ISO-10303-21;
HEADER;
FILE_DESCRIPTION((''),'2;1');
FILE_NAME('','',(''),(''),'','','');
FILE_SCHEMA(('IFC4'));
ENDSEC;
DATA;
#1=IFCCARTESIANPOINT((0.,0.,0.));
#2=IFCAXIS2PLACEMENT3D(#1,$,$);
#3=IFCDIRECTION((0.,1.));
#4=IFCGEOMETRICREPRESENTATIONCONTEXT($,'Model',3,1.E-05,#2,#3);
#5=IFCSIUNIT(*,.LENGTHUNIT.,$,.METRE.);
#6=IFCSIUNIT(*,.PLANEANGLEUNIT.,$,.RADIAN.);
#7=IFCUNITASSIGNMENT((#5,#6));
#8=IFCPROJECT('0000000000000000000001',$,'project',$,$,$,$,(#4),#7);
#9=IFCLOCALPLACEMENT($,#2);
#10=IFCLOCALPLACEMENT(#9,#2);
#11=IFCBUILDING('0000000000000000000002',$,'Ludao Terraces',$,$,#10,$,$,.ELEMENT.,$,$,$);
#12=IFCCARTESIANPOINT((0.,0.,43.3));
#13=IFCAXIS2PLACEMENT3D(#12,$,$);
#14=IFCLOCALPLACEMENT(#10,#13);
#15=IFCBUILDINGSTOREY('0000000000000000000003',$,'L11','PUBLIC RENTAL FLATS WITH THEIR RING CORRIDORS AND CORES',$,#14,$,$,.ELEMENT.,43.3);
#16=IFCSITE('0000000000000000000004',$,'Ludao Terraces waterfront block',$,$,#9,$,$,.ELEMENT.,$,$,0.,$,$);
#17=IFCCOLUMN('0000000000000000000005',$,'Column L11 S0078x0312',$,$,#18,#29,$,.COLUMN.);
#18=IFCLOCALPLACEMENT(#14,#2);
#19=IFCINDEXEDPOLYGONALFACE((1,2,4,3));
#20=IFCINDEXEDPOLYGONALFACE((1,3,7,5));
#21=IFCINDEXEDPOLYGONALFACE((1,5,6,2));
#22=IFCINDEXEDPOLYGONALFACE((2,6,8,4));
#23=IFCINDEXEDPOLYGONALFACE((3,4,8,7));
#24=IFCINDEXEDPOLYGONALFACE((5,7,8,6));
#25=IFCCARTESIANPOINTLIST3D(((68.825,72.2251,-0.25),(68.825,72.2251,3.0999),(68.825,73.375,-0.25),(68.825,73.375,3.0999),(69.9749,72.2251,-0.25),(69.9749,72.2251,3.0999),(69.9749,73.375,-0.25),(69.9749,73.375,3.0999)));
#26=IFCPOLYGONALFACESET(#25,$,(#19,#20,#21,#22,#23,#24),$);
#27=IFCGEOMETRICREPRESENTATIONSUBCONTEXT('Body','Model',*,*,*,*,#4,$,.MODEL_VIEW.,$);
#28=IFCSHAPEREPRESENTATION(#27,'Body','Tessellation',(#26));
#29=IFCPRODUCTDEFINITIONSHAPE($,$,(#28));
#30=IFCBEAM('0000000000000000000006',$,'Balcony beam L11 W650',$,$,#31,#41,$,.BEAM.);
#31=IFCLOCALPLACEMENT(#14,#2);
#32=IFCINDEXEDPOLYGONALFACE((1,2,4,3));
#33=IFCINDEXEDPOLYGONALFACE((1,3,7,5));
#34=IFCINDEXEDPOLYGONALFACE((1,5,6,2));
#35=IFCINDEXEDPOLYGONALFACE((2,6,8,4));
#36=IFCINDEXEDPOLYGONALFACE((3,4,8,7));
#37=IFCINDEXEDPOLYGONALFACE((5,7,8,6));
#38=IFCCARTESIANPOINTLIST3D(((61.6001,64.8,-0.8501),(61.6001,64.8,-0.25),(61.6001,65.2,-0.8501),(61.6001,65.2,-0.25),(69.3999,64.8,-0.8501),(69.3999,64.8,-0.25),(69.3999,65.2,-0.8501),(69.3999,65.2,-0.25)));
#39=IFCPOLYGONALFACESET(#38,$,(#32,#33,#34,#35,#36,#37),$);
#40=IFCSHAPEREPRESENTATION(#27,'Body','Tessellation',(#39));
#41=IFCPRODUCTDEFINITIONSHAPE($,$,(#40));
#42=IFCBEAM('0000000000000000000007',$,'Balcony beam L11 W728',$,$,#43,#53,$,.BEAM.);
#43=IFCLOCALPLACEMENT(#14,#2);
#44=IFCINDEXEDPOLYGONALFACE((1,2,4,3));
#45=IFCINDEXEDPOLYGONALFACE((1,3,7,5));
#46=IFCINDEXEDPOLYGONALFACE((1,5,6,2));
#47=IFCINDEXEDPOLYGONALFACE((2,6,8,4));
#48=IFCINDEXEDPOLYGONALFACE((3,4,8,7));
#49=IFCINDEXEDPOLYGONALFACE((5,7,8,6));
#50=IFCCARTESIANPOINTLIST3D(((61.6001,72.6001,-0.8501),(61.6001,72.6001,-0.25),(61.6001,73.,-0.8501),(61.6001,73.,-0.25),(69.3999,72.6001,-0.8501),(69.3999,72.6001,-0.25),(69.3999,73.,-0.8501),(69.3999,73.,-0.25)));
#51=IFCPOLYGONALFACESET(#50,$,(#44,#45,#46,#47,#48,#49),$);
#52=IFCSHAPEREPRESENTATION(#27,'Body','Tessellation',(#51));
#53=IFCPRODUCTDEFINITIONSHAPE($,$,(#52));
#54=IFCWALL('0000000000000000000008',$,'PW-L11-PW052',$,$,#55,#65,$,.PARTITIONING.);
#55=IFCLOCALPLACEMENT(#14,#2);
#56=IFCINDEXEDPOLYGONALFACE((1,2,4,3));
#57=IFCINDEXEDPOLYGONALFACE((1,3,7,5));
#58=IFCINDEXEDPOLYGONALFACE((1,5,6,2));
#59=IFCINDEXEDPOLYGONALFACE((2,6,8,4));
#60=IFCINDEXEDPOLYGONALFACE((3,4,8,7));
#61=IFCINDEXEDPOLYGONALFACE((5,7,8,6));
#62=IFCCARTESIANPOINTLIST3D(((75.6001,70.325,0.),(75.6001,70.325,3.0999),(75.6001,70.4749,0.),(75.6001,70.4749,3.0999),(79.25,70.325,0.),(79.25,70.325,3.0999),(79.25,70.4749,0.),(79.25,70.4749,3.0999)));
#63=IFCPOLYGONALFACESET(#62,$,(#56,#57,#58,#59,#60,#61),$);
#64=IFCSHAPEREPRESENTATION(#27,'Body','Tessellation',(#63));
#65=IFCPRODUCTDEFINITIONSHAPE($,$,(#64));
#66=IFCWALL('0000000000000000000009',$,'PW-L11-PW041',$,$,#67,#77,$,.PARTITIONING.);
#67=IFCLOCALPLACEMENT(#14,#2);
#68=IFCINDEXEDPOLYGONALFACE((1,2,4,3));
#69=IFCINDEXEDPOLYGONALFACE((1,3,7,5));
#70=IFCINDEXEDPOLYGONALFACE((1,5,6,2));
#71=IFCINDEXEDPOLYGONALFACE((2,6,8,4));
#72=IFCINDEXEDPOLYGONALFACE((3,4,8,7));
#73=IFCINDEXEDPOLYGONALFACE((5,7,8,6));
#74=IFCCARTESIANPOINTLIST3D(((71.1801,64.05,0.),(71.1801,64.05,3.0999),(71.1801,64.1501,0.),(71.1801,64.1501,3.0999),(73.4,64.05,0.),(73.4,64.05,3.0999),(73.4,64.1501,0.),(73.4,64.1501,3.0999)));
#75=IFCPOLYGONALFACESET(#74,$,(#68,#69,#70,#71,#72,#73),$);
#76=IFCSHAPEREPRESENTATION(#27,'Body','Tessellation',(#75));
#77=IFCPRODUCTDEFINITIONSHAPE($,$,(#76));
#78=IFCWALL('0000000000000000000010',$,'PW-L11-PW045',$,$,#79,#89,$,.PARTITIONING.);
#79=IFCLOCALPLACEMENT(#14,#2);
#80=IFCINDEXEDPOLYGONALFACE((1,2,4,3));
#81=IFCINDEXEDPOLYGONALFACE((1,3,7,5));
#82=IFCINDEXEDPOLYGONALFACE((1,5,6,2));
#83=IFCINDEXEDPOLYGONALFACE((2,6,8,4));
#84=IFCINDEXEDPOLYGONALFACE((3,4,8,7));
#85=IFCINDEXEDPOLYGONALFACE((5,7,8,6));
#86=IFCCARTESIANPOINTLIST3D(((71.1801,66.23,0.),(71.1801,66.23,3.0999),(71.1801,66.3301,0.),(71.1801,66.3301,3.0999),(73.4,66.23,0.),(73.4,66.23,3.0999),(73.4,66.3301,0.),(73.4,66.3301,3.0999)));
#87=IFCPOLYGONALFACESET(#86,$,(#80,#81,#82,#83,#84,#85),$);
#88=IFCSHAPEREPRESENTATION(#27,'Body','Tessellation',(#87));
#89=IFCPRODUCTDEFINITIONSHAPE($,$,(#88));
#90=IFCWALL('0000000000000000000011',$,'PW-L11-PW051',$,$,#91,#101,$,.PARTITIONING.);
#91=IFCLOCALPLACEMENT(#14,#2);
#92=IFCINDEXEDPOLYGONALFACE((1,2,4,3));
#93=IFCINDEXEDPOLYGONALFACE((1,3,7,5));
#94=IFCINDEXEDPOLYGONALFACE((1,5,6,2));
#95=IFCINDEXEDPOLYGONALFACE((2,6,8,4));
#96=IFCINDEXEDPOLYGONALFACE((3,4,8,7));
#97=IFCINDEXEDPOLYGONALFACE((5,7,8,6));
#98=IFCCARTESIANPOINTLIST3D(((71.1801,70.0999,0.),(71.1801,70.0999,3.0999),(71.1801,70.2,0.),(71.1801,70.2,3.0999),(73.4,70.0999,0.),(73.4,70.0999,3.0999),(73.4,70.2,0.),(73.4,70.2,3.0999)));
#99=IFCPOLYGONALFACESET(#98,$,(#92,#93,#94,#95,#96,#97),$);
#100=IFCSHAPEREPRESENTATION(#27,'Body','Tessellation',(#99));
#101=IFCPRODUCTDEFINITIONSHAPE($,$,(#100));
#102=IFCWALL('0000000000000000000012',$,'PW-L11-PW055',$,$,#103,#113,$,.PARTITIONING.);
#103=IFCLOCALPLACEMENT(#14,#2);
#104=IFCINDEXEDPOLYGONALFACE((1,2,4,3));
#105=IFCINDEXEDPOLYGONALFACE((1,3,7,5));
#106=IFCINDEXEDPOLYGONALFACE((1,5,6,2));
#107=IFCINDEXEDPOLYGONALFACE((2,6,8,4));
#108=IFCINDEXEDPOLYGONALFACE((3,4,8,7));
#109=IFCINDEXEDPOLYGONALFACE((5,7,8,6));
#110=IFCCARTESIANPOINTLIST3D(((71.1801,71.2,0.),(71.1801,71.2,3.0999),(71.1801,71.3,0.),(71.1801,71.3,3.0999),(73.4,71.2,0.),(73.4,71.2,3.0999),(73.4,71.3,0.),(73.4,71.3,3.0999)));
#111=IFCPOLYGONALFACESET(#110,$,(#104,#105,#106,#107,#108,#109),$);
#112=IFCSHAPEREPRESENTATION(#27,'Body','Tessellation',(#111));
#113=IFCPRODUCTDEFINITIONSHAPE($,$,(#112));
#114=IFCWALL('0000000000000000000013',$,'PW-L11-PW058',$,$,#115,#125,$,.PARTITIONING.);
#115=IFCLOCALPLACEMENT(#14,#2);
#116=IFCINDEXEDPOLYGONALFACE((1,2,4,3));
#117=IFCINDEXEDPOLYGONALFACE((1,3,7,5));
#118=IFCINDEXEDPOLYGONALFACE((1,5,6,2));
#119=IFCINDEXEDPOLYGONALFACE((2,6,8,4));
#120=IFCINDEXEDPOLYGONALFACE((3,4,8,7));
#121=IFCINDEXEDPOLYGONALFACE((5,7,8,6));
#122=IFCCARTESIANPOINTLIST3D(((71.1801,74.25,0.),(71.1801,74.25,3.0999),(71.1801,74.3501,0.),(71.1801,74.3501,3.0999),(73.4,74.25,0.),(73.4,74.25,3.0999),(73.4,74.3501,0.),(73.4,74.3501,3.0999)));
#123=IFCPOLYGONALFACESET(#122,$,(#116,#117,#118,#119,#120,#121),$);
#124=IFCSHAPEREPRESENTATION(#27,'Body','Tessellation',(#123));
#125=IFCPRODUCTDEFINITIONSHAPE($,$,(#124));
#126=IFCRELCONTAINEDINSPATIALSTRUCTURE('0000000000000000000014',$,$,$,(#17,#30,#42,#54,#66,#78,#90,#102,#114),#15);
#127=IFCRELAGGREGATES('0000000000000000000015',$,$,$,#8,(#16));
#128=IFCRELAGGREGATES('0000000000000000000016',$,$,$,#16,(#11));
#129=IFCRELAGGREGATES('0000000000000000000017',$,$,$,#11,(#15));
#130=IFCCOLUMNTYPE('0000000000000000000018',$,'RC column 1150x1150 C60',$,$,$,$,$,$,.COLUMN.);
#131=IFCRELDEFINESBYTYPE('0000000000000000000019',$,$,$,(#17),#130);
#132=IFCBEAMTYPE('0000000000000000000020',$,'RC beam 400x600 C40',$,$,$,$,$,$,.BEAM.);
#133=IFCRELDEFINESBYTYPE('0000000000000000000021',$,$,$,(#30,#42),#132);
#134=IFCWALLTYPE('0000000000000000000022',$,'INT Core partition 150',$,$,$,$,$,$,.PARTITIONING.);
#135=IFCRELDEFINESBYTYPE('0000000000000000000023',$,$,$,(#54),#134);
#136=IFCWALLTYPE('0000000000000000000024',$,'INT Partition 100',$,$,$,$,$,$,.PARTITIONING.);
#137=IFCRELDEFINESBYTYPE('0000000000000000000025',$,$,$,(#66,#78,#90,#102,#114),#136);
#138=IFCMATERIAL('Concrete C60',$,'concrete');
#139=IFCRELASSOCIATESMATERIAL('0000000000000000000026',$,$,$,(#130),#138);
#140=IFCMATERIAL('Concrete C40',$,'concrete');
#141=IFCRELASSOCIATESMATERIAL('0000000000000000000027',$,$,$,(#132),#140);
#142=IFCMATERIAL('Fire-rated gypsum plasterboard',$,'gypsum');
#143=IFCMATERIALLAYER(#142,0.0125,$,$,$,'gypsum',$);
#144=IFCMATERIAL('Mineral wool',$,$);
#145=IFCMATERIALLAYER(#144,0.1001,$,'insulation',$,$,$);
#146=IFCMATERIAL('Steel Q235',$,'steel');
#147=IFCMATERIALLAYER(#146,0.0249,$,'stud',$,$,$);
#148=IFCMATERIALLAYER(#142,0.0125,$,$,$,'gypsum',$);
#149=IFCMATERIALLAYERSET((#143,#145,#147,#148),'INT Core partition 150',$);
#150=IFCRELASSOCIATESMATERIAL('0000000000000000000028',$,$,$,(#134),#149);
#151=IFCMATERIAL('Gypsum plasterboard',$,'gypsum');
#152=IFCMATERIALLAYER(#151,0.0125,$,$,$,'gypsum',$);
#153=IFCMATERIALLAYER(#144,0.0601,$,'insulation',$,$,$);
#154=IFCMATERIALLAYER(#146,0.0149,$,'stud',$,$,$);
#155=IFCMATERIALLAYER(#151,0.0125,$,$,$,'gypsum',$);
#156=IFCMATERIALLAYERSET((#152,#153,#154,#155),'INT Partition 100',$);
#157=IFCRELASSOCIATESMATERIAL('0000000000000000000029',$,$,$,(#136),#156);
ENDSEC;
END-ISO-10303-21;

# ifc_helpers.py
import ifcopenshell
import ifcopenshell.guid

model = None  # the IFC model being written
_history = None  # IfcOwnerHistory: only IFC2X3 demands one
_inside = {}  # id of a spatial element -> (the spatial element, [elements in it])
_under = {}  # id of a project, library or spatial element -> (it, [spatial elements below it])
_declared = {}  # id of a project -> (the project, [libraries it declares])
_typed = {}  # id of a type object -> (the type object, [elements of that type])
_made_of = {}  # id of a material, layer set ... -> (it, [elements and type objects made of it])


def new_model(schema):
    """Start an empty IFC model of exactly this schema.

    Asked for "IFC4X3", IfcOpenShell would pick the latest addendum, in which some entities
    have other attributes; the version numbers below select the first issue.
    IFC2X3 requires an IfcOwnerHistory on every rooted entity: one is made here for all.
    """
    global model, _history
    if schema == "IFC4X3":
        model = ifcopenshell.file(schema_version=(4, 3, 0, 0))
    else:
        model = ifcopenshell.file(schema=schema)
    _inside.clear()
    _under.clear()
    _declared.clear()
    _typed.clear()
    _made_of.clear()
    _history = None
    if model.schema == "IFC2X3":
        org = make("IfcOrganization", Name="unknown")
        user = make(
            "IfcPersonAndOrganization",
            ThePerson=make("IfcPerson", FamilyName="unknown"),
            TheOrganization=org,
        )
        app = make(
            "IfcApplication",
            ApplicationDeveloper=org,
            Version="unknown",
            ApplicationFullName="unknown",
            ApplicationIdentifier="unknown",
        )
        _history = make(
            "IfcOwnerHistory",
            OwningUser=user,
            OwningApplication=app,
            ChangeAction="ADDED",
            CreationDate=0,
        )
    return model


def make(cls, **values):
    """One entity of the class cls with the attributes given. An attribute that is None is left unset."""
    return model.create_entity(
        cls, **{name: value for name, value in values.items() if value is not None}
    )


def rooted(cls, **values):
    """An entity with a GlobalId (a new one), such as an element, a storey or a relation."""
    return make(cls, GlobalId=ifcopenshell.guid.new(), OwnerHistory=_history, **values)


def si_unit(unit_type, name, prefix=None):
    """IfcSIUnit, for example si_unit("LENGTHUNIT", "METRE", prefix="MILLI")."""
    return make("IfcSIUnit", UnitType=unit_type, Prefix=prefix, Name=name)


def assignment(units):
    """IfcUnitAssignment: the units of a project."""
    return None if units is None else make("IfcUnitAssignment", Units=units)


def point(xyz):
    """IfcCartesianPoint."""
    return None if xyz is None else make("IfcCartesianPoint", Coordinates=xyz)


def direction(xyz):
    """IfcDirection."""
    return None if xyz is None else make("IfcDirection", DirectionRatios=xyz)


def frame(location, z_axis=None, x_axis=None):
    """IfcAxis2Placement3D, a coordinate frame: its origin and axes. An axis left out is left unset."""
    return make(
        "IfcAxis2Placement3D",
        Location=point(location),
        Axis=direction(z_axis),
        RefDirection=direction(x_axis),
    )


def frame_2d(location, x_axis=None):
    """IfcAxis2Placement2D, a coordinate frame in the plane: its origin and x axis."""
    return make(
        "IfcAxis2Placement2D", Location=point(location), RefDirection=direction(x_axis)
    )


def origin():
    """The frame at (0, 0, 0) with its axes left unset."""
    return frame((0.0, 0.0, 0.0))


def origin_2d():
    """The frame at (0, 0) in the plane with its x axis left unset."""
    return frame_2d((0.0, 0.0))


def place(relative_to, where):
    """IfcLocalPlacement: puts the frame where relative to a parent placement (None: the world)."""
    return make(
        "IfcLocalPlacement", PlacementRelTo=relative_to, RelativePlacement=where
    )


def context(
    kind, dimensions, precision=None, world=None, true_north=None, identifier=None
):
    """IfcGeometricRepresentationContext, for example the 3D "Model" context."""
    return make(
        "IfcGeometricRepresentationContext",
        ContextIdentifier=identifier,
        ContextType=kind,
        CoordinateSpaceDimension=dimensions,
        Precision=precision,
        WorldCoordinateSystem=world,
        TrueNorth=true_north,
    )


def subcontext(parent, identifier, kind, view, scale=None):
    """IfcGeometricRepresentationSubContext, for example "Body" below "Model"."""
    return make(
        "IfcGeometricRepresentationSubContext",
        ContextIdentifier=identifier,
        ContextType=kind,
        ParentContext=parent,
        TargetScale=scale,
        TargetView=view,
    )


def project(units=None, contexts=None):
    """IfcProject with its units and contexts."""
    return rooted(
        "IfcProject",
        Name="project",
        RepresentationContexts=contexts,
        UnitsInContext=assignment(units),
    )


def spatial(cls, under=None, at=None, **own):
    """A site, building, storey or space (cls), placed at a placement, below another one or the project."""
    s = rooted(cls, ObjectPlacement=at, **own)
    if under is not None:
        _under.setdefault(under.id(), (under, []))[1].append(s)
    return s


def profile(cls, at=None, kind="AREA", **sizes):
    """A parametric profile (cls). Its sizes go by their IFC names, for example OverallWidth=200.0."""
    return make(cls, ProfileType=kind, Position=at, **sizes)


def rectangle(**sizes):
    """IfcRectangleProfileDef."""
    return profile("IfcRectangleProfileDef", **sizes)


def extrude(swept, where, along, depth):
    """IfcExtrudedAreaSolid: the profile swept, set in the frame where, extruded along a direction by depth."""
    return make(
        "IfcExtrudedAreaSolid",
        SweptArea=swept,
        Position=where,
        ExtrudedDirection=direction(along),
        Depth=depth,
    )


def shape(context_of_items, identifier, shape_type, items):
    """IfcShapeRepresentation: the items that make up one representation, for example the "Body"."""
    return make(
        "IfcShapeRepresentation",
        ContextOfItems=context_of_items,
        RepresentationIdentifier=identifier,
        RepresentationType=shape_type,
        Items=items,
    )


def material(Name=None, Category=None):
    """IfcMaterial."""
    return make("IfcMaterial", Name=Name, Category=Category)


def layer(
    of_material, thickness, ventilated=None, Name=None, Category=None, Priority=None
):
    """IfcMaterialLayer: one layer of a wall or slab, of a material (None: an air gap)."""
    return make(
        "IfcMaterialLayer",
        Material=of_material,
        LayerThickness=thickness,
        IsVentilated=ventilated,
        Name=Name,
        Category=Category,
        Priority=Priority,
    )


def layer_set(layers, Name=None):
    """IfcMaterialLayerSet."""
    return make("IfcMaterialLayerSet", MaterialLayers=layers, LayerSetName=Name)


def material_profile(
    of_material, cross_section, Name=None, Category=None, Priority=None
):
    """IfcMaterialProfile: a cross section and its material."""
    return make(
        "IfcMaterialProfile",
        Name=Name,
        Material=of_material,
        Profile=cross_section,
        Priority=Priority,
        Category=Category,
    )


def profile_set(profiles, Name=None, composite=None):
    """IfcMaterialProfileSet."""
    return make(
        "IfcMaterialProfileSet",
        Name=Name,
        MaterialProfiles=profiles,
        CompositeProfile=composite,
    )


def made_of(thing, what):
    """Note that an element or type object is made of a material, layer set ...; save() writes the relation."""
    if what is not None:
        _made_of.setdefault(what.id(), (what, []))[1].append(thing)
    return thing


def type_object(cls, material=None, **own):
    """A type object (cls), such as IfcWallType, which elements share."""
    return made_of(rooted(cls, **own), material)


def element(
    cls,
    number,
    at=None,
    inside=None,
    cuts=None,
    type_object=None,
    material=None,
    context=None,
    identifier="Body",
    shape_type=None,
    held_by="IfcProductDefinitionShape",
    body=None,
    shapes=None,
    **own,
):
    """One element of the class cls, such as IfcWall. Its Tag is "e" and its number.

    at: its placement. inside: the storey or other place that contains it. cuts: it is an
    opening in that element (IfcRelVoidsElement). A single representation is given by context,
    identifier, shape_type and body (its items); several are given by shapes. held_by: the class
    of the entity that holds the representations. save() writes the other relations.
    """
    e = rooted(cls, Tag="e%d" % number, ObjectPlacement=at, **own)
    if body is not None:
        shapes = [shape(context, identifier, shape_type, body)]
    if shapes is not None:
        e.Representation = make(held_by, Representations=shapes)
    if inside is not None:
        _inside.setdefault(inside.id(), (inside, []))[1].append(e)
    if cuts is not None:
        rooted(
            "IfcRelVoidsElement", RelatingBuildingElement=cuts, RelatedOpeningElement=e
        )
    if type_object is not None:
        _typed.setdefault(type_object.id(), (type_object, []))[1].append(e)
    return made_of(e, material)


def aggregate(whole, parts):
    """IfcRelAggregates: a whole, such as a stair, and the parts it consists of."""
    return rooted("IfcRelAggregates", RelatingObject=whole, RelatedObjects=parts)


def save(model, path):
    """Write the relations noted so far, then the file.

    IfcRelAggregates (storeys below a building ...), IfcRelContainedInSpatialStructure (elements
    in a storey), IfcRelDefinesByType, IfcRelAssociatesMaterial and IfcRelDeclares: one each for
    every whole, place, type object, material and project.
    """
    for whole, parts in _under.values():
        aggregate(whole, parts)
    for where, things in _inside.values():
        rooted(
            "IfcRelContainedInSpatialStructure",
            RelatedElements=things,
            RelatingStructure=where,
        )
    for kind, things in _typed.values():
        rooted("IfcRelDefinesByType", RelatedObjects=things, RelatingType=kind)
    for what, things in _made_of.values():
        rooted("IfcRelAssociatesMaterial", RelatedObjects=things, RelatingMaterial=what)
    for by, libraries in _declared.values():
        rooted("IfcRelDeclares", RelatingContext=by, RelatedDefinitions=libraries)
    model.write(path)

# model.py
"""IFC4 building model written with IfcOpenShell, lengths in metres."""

from ifc_helpers import new_model, si_unit, direction, frame, frame_2d, origin, origin_2d, place, context, subcontext, project, spatial, rectangle, extrude, material, layer, layer_set, material_profile, profile_set, type_object, element, save


model = new_model("IFC4")

# Units and contexts
model_context = context("Model", 3, precision=1e-05, world=origin(), true_north=direction((0.0, 1.0)))
body_context = subcontext(model_context, "Body", "Model", "MODEL_VIEW")
ifc_project = project(units=[si_unit("LENGTHUNIT", "METRE"), si_unit("PLANEANGLEUNIT", "RADIAN")], contexts=[model_context])

# Site, building, storey
site_placement = place(None, origin())
site = spatial("IfcSite", under=ifc_project, at=site_placement, Name="Ludao Terraces waterfront block", CompositionType="ELEMENT", RefElevation=0.0)
building_placement = place(site_placement, origin())
building = spatial("IfcBuilding", under=site, at=building_placement, Name="Ludao Terraces", CompositionType="ELEMENT")
storey_placement = place(building_placement, frame((0.0, 0.0, 43.3)))
storey = spatial("IfcBuildingStorey", under=building, at=storey_placement, Name="L11", Description="PUBLIC RENTAL FLATS WITH THEIR RING CORRIDORS AND CORES", CompositionType="ELEMENT", Elevation=43.3)

# Column
ifc_material_1 = material(Name="Concrete C60", Category="concrete")
ifc_material_profile_1 = material_profile(ifc_material_1, rectangle(XDim=1.1499, YDim=1.1499, at=origin_2d()), Name="1150 X 1150")
ifc_profile_set_1 = profile_set([ifc_material_profile_1], Name="Concrete C60")
column_type = type_object("IfcColumnType", Name="RC column 1150x1150 C60", PredefinedType="COLUMN", material=ifc_profile_set_1)
column_placement = place(storey_placement, frame((69.3999, 72.8, -0.25), z_axis=(0.0, 0.0, 1.0), x_axis=(1.0, 0.0, 0.0)))
element("IfcColumn", 1, at=column_placement, inside=storey, type_object=column_type, Name="Column L11 S0078x0312", PredefinedType="COLUMN", context=body_context, shape_type="SweptSolid", body=[
    extrude(rectangle(XDim=1.1499, YDim=1.1499, at=origin_2d()), origin(), (0.0, 0.0, 1.0), 3.3499),
])

# Beams
ifc_material_2 = material(Name="Concrete C40", Category="concrete")
ifc_material_profile_2 = material_profile(ifc_material_2, rectangle(XDim=0.3999, YDim=0.6001, at=origin_2d()), Name="400 X 600")
ifc_profile_set_2 = profile_set([ifc_material_profile_2], Name="Concrete C40")
beam_type = type_object("IfcBeamType", Name="RC beam 400x600 C40", PredefinedType="BEAM", material=ifc_profile_set_2)
for number, where, z_axis, x_axis, name in (
    (2, (69.3999, 65.0, -0.55), (-1.0, 0.0, 0.0), (0.0, -1.0, 0.0), "Balcony beam L11 W650"),
    (3, (69.3999, 72.8, -0.55), (-1.0, 0.0, 0.0), (0.0, -1.0, 0.0), "Balcony beam L11 W728"),
):
    element("IfcBeam", number, at=place(storey_placement, frame(where, z_axis=z_axis, x_axis=x_axis)), inside=storey, type_object=beam_type, Name=name, PredefinedType="BEAM", context=body_context, shape_type="SweptSolid", body=[
        extrude(rectangle(XDim=0.3999, YDim=0.6001, at=origin_2d()), origin(), (0.0, 0.0, 1.0), 7.7998),
    ])

# Walls
ifc_material_3 = material(Name="Fire-rated gypsum plasterboard", Category="gypsum")
ifc_layer_1 = layer(ifc_material_3, 0.0125, Category="gypsum")
ifc_material_4 = material(Name="Mineral wool")
ifc_layer_2 = layer(ifc_material_4, 0.1001, Name="insulation")
ifc_material_5 = material(Name="Steel Q235", Category="steel")
ifc_layer_3 = layer(ifc_material_5, 0.0249, Name="stud")
ifc_layer_4 = layer(ifc_material_3, 0.0125, Category="gypsum")
ifc_layer_set_1 = layer_set([ifc_layer_1, ifc_layer_2, ifc_layer_3, ifc_layer_4], Name="INT Core partition 150")
wall_type_1 = type_object("IfcWallType", Name="INT Core partition 150", PredefinedType="PARTITIONING", material=ifc_layer_set_1)
wall_1_placement = place(storey_placement, frame((75.6001, 70.3999, 0.0), z_axis=(0.0, 0.0, 1.0), x_axis=(1.0, 0.0, 0.0)))
element("IfcWall", 4, at=wall_1_placement, inside=storey, type_object=wall_type_1, Name="PW-L11-PW052", PredefinedType="PARTITIONING", context=body_context, shape_type="SweptSolid", body=[
    extrude(rectangle(XDim=3.6499, YDim=0.1499, at=frame_2d((1.825, 0.0))), origin(), (0.0, 0.0, 1.0), 3.0999),
])
ifc_material_6 = material(Name="Gypsum plasterboard", Category="gypsum")
ifc_layer_5 = layer(ifc_material_6, 0.0125, Category="gypsum")
ifc_layer_6 = layer(ifc_material_4, 0.0601, Name="insulation")
ifc_layer_7 = layer(ifc_material_5, 0.0149, Name="stud")
ifc_layer_8 = layer(ifc_material_6, 0.0125, Category="gypsum")
ifc_layer_set_2 = layer_set([ifc_layer_5, ifc_layer_6, ifc_layer_7, ifc_layer_8], Name="INT Partition 100")
wall_type_2 = type_object("IfcWallType", Name="INT Partition 100", PredefinedType="PARTITIONING", material=ifc_layer_set_2)
for number, where, z_axis, x_axis, name in (
    (5, (71.1802, 64.1001, 0.0), (0.0, 0.0, 1.0), (1.0, 0.0, 0.0), "PW-L11-PW041"),
    (6, (71.1802, 66.28, 0.0), (0.0, 0.0, 1.0), (1.0, 0.0, 0.0), "PW-L11-PW045"),
    (7, (71.1802, 70.1499, 0.0), (0.0, 0.0, 1.0), (1.0, 0.0, 0.0), "PW-L11-PW051"),
    (8, (71.1802, 71.25, 0.0), (0.0, 0.0, 1.0), (1.0, 0.0, 0.0), "PW-L11-PW055"),
    (9, (71.1802, 74.3, 0.0), (0.0, 0.0, 1.0), (1.0, 0.0, 0.0), "PW-L11-PW058"),
):
    element("IfcWall", number, at=place(storey_placement, frame(where, z_axis=z_axis, x_axis=x_axis)), inside=storey, type_object=wall_type_2, Name=name, PredefinedType="PARTITIONING", context=body_context, shape_type="SweptSolid", body=[
        extrude(rectangle(XDim=2.22, YDim=0.1001, at=frame_2d((1.1099, 0.0))), origin(), (0.0, 0.0, 1.0), 3.0999),
    ])

save(model, "model.ifc")
